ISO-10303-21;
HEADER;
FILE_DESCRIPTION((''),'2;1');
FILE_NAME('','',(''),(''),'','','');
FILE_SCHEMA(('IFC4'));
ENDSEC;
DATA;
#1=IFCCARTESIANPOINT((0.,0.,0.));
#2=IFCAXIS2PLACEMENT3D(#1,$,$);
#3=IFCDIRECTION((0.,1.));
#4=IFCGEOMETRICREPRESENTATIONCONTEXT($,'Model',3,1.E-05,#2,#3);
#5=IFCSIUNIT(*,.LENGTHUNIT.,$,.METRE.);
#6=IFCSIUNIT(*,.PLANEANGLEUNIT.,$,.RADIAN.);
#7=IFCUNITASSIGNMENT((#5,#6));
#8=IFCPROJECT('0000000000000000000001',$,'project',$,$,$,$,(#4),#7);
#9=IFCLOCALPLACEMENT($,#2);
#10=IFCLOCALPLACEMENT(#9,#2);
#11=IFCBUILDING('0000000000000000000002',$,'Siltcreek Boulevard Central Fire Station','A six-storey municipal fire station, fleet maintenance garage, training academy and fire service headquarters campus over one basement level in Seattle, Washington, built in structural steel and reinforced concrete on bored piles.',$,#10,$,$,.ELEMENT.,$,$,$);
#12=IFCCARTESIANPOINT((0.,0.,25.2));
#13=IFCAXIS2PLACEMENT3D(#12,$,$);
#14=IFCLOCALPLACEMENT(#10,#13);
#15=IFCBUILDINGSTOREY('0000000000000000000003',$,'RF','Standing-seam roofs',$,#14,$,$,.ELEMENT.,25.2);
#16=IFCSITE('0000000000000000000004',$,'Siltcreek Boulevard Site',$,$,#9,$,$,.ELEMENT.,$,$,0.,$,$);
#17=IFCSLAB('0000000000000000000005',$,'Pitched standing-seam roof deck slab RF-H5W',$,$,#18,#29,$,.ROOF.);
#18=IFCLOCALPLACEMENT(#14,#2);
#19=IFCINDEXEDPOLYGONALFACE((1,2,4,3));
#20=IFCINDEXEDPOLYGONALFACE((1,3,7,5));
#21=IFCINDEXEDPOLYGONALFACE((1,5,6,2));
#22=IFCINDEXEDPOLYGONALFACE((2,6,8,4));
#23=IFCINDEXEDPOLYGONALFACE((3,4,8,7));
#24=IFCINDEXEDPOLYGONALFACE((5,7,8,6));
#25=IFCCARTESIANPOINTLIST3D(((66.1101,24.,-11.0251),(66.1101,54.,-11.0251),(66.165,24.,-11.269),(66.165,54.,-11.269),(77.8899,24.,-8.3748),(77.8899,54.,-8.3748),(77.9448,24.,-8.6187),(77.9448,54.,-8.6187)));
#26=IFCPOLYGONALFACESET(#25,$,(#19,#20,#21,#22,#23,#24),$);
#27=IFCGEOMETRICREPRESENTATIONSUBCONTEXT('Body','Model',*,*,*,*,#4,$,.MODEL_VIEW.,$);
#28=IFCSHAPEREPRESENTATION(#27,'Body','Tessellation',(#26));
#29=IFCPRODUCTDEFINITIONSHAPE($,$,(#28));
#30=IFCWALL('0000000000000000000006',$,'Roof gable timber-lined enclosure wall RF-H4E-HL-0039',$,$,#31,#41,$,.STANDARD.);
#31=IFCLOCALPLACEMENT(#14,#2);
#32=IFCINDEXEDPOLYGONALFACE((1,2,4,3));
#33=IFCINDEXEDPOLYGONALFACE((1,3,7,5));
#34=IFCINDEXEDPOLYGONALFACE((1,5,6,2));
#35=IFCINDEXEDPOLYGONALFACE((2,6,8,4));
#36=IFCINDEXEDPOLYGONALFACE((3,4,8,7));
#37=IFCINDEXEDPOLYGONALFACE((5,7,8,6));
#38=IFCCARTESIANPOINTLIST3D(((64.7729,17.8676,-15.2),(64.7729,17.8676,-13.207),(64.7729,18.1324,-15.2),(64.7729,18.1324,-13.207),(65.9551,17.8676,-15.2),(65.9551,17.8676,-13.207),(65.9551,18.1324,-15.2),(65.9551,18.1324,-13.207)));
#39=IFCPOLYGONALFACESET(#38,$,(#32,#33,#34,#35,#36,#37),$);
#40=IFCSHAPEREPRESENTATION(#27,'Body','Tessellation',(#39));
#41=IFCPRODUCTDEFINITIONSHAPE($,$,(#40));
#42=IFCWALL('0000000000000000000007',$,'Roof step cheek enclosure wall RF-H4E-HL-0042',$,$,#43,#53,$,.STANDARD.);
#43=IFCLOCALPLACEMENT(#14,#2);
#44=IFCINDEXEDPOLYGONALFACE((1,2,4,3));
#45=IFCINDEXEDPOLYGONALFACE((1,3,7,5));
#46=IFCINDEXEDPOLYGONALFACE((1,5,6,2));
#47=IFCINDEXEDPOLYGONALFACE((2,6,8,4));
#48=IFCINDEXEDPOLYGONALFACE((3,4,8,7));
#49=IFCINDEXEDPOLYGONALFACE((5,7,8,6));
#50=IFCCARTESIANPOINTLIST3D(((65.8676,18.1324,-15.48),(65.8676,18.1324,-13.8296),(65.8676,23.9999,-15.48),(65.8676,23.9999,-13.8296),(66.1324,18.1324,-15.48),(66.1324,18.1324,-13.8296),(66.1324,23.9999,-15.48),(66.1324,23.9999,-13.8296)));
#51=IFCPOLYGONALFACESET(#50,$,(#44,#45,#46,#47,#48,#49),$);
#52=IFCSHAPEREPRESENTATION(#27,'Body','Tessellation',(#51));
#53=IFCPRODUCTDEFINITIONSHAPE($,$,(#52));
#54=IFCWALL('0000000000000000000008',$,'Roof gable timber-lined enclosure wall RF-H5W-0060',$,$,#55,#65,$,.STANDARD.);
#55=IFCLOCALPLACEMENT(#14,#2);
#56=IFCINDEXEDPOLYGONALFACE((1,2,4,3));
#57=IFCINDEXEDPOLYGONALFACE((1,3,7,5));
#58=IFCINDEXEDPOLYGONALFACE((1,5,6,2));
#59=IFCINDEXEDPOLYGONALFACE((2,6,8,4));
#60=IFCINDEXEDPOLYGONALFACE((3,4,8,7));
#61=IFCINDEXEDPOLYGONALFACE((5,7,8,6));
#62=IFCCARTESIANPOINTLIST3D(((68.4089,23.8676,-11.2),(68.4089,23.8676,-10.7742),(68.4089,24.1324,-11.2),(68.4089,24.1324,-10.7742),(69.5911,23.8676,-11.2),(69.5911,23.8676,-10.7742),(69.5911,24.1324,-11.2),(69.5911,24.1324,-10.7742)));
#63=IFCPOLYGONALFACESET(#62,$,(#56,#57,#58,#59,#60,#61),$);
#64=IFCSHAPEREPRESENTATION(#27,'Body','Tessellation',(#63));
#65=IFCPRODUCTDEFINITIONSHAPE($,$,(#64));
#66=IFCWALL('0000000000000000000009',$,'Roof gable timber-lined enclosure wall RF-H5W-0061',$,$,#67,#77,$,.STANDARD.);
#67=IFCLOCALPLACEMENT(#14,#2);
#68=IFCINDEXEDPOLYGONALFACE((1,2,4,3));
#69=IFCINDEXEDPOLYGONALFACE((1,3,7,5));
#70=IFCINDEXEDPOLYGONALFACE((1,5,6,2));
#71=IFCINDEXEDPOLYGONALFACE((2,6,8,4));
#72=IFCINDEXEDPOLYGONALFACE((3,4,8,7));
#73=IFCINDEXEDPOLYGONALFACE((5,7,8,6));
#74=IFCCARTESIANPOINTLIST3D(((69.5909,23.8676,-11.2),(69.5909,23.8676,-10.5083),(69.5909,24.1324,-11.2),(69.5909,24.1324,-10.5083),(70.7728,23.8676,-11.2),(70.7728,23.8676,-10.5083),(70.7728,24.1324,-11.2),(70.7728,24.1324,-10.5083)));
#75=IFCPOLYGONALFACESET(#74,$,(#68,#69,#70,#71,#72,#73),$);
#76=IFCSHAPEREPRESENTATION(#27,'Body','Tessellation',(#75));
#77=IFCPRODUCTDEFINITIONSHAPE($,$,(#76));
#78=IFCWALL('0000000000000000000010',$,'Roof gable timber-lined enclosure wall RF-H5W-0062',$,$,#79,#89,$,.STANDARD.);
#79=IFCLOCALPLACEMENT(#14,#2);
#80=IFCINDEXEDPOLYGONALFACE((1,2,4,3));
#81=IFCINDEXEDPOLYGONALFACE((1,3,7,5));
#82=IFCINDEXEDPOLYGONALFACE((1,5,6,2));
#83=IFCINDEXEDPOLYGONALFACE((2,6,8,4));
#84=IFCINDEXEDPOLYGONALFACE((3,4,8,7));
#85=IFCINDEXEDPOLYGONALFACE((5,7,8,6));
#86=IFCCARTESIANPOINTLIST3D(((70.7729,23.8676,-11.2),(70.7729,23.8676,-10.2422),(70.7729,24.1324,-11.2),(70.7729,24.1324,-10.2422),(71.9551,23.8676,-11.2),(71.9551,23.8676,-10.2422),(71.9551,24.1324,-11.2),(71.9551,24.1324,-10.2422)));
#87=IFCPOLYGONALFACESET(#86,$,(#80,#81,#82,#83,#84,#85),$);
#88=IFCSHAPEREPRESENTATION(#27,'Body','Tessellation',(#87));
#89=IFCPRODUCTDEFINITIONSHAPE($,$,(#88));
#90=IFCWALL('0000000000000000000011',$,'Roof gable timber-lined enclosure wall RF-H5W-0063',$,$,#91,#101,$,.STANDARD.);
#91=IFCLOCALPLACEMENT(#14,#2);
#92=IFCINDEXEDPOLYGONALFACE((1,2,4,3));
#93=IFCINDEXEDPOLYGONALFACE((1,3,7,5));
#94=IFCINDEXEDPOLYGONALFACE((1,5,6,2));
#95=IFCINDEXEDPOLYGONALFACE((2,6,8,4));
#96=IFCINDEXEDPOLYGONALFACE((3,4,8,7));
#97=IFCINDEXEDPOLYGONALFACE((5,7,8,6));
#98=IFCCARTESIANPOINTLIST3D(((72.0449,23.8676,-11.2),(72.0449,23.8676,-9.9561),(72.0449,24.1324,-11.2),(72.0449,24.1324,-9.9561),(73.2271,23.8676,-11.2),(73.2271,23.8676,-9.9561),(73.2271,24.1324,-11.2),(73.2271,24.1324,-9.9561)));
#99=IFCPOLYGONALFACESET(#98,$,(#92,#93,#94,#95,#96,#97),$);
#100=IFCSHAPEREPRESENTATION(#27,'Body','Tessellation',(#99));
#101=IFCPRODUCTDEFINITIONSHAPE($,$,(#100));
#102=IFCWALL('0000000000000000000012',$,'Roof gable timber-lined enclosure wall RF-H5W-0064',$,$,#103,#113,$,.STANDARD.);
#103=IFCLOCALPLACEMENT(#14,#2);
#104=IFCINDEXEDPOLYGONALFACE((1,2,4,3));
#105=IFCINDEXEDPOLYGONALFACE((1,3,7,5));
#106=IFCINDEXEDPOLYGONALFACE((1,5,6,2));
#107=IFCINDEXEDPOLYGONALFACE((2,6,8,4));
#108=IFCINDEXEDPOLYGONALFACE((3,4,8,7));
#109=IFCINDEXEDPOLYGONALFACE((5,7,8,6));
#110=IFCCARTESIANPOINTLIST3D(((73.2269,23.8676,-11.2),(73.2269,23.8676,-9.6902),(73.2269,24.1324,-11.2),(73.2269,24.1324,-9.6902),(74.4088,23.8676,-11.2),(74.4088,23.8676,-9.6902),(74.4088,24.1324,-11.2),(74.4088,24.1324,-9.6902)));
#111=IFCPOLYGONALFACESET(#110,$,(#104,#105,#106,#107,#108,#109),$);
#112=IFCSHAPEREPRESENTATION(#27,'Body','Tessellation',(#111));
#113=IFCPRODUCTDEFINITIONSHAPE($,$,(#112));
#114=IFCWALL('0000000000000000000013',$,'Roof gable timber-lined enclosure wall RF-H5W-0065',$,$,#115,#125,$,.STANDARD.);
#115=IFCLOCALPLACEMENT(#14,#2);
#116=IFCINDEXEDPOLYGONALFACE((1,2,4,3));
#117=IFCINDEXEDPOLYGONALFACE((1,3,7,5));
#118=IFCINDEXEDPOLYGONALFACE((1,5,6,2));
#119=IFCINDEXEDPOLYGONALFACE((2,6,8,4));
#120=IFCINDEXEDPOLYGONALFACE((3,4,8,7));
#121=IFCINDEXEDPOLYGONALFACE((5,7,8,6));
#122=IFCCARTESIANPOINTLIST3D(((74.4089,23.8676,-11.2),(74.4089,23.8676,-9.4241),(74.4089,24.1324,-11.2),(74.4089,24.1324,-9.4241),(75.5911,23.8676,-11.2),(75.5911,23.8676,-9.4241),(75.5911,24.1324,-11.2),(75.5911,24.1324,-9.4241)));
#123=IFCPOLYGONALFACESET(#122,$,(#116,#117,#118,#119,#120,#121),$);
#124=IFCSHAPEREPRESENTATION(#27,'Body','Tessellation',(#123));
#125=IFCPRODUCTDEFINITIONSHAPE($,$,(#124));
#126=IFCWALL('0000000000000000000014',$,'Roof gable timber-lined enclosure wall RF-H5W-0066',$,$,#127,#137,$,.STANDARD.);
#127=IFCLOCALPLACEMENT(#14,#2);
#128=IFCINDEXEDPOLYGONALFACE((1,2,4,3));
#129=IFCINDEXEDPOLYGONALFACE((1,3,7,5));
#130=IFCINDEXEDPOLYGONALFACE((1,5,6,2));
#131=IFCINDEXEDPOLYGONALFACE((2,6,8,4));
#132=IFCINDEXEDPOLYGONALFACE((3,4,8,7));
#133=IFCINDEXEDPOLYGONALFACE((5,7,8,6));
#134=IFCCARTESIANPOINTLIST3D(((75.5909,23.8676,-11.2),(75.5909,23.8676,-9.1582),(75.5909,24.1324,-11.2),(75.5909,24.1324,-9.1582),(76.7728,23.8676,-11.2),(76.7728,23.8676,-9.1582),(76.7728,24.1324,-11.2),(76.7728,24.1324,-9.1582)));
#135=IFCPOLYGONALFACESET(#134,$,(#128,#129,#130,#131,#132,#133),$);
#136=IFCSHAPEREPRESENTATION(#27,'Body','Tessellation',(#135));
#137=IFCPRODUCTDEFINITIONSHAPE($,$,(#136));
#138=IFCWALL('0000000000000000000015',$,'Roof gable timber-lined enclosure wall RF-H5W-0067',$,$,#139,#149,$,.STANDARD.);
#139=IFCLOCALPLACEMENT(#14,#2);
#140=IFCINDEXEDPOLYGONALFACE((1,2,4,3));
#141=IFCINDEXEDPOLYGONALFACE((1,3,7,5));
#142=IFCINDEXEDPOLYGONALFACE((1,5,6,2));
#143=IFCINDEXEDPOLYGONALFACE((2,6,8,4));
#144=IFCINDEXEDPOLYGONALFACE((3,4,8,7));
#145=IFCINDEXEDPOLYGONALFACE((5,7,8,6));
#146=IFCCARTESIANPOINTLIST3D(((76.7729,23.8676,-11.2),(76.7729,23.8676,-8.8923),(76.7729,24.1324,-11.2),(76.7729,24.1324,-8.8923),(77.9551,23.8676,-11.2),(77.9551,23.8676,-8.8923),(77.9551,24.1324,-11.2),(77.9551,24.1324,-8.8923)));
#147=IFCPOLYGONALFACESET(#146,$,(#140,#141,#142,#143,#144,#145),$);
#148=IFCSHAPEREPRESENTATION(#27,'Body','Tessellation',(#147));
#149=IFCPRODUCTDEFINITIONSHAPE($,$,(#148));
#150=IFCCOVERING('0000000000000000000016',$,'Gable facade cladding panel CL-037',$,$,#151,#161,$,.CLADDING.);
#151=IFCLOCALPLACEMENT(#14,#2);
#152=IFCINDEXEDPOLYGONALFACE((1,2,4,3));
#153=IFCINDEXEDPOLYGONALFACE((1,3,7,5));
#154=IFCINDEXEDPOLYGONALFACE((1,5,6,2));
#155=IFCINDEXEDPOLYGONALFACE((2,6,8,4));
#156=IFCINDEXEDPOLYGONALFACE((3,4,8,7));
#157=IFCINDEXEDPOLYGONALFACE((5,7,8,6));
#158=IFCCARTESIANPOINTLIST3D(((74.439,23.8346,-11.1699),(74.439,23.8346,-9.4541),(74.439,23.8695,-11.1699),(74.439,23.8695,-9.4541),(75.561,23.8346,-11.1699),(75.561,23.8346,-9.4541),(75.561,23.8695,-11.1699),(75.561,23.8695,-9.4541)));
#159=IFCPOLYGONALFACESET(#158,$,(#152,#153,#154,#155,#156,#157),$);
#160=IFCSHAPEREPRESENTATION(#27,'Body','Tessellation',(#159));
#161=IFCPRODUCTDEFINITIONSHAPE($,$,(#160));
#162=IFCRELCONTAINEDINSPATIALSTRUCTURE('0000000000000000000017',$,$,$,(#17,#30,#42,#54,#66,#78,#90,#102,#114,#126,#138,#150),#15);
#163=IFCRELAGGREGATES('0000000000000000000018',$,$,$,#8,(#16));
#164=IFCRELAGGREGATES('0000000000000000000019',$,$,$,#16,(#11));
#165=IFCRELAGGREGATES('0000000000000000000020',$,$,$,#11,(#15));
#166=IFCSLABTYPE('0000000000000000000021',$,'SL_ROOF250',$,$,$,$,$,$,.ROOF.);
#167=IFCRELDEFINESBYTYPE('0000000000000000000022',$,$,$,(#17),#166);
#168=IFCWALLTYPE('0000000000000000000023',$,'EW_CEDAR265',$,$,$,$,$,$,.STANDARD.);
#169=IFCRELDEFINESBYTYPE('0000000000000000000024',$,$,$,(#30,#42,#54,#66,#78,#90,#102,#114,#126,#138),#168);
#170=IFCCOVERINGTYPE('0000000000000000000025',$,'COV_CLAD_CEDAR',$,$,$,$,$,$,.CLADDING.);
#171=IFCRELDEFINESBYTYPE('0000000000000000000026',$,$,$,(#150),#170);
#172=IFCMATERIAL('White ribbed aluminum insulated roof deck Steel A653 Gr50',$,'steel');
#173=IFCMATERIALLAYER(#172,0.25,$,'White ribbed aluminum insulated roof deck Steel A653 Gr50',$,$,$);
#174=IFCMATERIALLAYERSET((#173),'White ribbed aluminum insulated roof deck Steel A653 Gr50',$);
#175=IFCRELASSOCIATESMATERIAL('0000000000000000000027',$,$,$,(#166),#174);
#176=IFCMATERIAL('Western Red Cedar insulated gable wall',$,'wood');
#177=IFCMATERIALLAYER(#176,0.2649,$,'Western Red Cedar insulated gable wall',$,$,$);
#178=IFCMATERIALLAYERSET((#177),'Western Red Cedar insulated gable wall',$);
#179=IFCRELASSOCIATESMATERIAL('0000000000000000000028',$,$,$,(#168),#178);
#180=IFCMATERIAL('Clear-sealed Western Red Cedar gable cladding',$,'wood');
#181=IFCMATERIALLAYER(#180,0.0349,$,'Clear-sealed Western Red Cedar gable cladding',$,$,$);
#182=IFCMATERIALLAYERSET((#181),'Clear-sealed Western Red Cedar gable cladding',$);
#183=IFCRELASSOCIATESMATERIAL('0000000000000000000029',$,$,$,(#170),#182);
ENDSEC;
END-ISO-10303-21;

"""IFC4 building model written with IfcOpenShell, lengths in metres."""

from ifc_helpers import new_model, si_unit, direction, frame, frame_2d, origin, origin_2d, place, context, subcontext, project, spatial, polyline, rectangle, outline, extrude, material, layer, layer_set, type_object, element, save


model = new_model("IFC4")

# Units and contexts
model_context = context("Model", 3, precision=1e-05, world=origin(), true_north=direction((0.0, 1.0)))
body_context = subcontext(model_context, "Body", "Model", "MODEL_VIEW")
ifc_project = project(units=[si_unit("LENGTHUNIT", "METRE"), si_unit("PLANEANGLEUNIT", "RADIAN")], contexts=[model_context])

# Site, building, storey
site_placement = place(None, origin())
site = spatial("IfcSite", under=ifc_project, at=site_placement, Name="Siltcreek Boulevard Site", CompositionType="ELEMENT", RefElevation=0.0)
building_placement = place(site_placement, origin())
building = spatial("IfcBuilding", under=site, at=building_placement, Name="Siltcreek Boulevard Central Fire Station", Description="A six-storey municipal fire station, fleet maintenance garage, training academy and fire service headquarters campus over one basement level in Seattle, Washington, built in structural steel and reinforced concrete on bored piles.", CompositionType="ELEMENT")
storey_placement = place(building_placement, frame((0.0, 0.0, 25.2)))
storey = spatial("IfcBuildingStorey", under=building, at=storey_placement, Name="RF", Description="Standing-seam roofs", CompositionType="ELEMENT", Elevation=25.2)

# Slab
ifc_material_1 = material(Name="White ribbed aluminum insulated roof deck Steel A653 Gr50", Category="steel")
ifc_layer_1 = layer(ifc_material_1, 0.25, Name="White ribbed aluminum insulated roof deck Steel A653 Gr50")
ifc_layer_set_1 = layer_set([ifc_layer_1], Name="White ribbed aluminum insulated roof deck Steel A653 Gr50")
slab_type = type_object("IfcSlabType", Name="SL_ROOF250", PredefinedType="ROOF", material=ifc_layer_set_1)
slab_placement = place(storey_placement, frame((66.1101, 24.0, -11.0251), z_axis=(-0.219507, 0.0, 0.975611), x_axis=(0.975611, 0.0, 0.219507)))
element("IfcSlab", 1, at=slab_placement, inside=storey, type_object=slab_type, Name="Pitched standing-seam roof deck slab RF-H5W", PredefinedType="ROOF", context=body_context, shape_type="SweptSolid", body=[
    extrude(outline(polyline([(0.0, 0.0), (12.0743, 0.0), (12.0743, 30.0), (0.0, 30.0), (0.0, 0.0)])), origin(), (0.0, 0.0, -1.0), 0.25),
])

# Walls
ifc_material_2 = material(Name="Western Red Cedar insulated gable wall", Category="wood")
ifc_layer_2 = layer(ifc_material_2, 0.2649, Name="Western Red Cedar insulated gable wall")
ifc_layer_set_2 = layer_set([ifc_layer_2], Name="Western Red Cedar insulated gable wall")
wall_type = type_object("IfcWallType", Name="EW_CEDAR265", PredefinedType="STANDARD", material=ifc_layer_set_2)
wall_1_placement = place(storey_placement, frame((64.7729, 18.0, -15.2), z_axis=(0.0, 0.0, 1.0), x_axis=(1.0, 0.0, 0.0)))
element("IfcWall", 2, at=wall_1_placement, inside=storey, type_object=wall_type, Name="Roof gable timber-lined enclosure wall RF-H4E-HL-0039", PredefinedType="STANDARD", context=body_context, shape_type="SweptSolid", body=[
    extrude(rectangle(XDim=1.1821, YDim=0.2649, at=frame_2d((0.5911, 0.0))), origin(), (0.0, 0.0, 1.0), 1.9929),
])
wall_2_placement = place(storey_placement, frame((66.0, 18.1326, -15.48), z_axis=(0.0, 0.0, 1.0), x_axis=(0.0, 1.0, 0.0)))
element("IfcWall", 3, at=wall_2_placement, inside=storey, type_object=wall_type, Name="Roof step cheek enclosure wall RF-H4E-HL-0042", PredefinedType="STANDARD", context=body_context, shape_type="SweptSolid", body=[
    extrude(rectangle(XDim=5.8674, YDim=0.2649, at=frame_2d((2.9336, 0.0))), origin(), (0.0, 0.0, 1.0), 1.6504),
])
wall_3_placement = place(storey_placement, frame((68.4089, 24.0, -11.2), z_axis=(0.0, 0.0, 1.0), x_axis=(1.0, 0.0, 0.0)))
element("IfcWall", 4, at=wall_3_placement, inside=storey, type_object=wall_type, Name="Roof gable timber-lined enclosure wall RF-H5W-0060", PredefinedType="STANDARD", context=body_context, shape_type="SweptSolid", body=[
    extrude(rectangle(XDim=1.1821, YDim=0.2649, at=frame_2d((0.5911, 0.0))), origin(), (0.0, 0.0, 1.0), 0.4258),
])
wall_4_placement = place(storey_placement, frame((69.5911, 24.0, -11.2), z_axis=(0.0, 0.0, 1.0), x_axis=(1.0, 0.0, 0.0)))
element("IfcWall", 5, at=wall_4_placement, inside=storey, type_object=wall_type, Name="Roof gable timber-lined enclosure wall RF-H5W-0061", PredefinedType="STANDARD", context=body_context, shape_type="SweptSolid", body=[
    extrude(rectangle(XDim=1.1819, YDim=0.2649, at=frame_2d((0.5908, 0.0))), origin(), (0.0, 0.0, 1.0), 0.6917),
])
wall_5_placement = place(storey_placement, frame((70.7729, 24.0, -11.2), z_axis=(0.0, 0.0, 1.0), x_axis=(1.0, 0.0, 0.0)))
element("IfcWall", 6, at=wall_5_placement, inside=storey, type_object=wall_type, Name="Roof gable timber-lined enclosure wall RF-H5W-0062", PredefinedType="STANDARD", context=body_context, shape_type="SweptSolid", body=[
    extrude(rectangle(XDim=1.1821, YDim=0.2649, at=frame_2d((0.5911, 0.0))), origin(), (0.0, 0.0, 1.0), 0.9578),
])
wall_6_placement = place(storey_placement, frame((72.0449, 24.0, -11.2), z_axis=(0.0, 0.0, 1.0), x_axis=(1.0, 0.0, 0.0)))
element("IfcWall", 7, at=wall_6_placement, inside=storey, type_object=wall_type, Name="Roof gable timber-lined enclosure wall RF-H5W-0063", PredefinedType="STANDARD", context=body_context, shape_type="SweptSolid", body=[
    extrude(rectangle(XDim=1.1821, YDim=0.2649, at=frame_2d((0.5911, 0.0))), origin(), (0.0, 0.0, 1.0), 1.2439),
])
wall_7_placement = place(storey_placement, frame((73.2271, 24.0, -11.2), z_axis=(0.0, 0.0, 1.0), x_axis=(1.0, 0.0, 0.0)))
element("IfcWall", 8, at=wall_7_placement, inside=storey, type_object=wall_type, Name="Roof gable timber-lined enclosure wall RF-H5W-0064", PredefinedType="STANDARD", context=body_context, shape_type="SweptSolid", body=[
    extrude(rectangle(XDim=1.1819, YDim=0.2649, at=frame_2d((0.5908, 0.0))), origin(), (0.0, 0.0, 1.0), 1.5098),
])
wall_8_placement = place(storey_placement, frame((74.4089, 24.0, -11.2), z_axis=(0.0, 0.0, 1.0), x_axis=(1.0, 0.0, 0.0)))
element("IfcWall", 9, at=wall_8_placement, inside=storey, type_object=wall_type, Name="Roof gable timber-lined enclosure wall RF-H5W-0065", PredefinedType="STANDARD", context=body_context, shape_type="SweptSolid", body=[
    extrude(rectangle(XDim=1.1821, YDim=0.2649, at=frame_2d((0.5911, 0.0))), origin(), (0.0, 0.0, 1.0), 1.7759),
])
wall_9_placement = place(storey_placement, frame((75.5911, 24.0, -11.2), z_axis=(0.0, 0.0, 1.0), x_axis=(1.0, 0.0, 0.0)))
element("IfcWall", 10, at=wall_9_placement, inside=storey, type_object=wall_type, Name="Roof gable timber-lined enclosure wall RF-H5W-0066", PredefinedType="STANDARD", context=body_context, shape_type="SweptSolid", body=[
    extrude(rectangle(XDim=1.1819, YDim=0.2649, at=frame_2d((0.5908, 0.0))), origin(), (0.0, 0.0, 1.0), 2.0417),
])
wall_10_placement = place(storey_placement, frame((76.7729, 24.0, -11.2), z_axis=(0.0, 0.0, 1.0), x_axis=(1.0, 0.0, 0.0)))
element("IfcWall", 11, at=wall_10_placement, inside=storey, type_object=wall_type, Name="Roof gable timber-lined enclosure wall RF-H5W-0067", PredefinedType="STANDARD", context=body_context, shape_type="SweptSolid", body=[
    extrude(rectangle(XDim=1.1821, YDim=0.2649, at=frame_2d((0.5911, 0.0))), origin(), (0.0, 0.0, 1.0), 2.3076),
])

# Covering
ifc_material_3 = material(Name="Clear-sealed Western Red Cedar gable cladding", Category="wood")
ifc_layer_3 = layer(ifc_material_3, 0.0349, Name="Clear-sealed Western Red Cedar gable cladding")
ifc_layer_set_3 = layer_set([ifc_layer_3], Name="Clear-sealed Western Red Cedar gable cladding")
covering_type = type_object("IfcCoveringType", Name="COV_CLAD_CEDAR", PredefinedType="CLADDING", material=ifc_layer_set_3)
covering_placement = place(storey_placement, frame((75.0, 23.8521, -11.1699), z_axis=(0.0, 0.0, 1.0), x_axis=(1.0, 0.0, 0.0)))
element("IfcCovering", 12, at=covering_placement, inside=storey, type_object=covering_type, Name="Gable facade cladding panel CL-037", PredefinedType="CLADDING", context=body_context, shape_type="SweptSolid", body=[
    extrude(rectangle(XDim=1.1221, YDim=0.0349, at=origin_2d()), origin(), (0.0, 0.0, 1.0), 1.7158),
])

save(model, "model.ifc")
